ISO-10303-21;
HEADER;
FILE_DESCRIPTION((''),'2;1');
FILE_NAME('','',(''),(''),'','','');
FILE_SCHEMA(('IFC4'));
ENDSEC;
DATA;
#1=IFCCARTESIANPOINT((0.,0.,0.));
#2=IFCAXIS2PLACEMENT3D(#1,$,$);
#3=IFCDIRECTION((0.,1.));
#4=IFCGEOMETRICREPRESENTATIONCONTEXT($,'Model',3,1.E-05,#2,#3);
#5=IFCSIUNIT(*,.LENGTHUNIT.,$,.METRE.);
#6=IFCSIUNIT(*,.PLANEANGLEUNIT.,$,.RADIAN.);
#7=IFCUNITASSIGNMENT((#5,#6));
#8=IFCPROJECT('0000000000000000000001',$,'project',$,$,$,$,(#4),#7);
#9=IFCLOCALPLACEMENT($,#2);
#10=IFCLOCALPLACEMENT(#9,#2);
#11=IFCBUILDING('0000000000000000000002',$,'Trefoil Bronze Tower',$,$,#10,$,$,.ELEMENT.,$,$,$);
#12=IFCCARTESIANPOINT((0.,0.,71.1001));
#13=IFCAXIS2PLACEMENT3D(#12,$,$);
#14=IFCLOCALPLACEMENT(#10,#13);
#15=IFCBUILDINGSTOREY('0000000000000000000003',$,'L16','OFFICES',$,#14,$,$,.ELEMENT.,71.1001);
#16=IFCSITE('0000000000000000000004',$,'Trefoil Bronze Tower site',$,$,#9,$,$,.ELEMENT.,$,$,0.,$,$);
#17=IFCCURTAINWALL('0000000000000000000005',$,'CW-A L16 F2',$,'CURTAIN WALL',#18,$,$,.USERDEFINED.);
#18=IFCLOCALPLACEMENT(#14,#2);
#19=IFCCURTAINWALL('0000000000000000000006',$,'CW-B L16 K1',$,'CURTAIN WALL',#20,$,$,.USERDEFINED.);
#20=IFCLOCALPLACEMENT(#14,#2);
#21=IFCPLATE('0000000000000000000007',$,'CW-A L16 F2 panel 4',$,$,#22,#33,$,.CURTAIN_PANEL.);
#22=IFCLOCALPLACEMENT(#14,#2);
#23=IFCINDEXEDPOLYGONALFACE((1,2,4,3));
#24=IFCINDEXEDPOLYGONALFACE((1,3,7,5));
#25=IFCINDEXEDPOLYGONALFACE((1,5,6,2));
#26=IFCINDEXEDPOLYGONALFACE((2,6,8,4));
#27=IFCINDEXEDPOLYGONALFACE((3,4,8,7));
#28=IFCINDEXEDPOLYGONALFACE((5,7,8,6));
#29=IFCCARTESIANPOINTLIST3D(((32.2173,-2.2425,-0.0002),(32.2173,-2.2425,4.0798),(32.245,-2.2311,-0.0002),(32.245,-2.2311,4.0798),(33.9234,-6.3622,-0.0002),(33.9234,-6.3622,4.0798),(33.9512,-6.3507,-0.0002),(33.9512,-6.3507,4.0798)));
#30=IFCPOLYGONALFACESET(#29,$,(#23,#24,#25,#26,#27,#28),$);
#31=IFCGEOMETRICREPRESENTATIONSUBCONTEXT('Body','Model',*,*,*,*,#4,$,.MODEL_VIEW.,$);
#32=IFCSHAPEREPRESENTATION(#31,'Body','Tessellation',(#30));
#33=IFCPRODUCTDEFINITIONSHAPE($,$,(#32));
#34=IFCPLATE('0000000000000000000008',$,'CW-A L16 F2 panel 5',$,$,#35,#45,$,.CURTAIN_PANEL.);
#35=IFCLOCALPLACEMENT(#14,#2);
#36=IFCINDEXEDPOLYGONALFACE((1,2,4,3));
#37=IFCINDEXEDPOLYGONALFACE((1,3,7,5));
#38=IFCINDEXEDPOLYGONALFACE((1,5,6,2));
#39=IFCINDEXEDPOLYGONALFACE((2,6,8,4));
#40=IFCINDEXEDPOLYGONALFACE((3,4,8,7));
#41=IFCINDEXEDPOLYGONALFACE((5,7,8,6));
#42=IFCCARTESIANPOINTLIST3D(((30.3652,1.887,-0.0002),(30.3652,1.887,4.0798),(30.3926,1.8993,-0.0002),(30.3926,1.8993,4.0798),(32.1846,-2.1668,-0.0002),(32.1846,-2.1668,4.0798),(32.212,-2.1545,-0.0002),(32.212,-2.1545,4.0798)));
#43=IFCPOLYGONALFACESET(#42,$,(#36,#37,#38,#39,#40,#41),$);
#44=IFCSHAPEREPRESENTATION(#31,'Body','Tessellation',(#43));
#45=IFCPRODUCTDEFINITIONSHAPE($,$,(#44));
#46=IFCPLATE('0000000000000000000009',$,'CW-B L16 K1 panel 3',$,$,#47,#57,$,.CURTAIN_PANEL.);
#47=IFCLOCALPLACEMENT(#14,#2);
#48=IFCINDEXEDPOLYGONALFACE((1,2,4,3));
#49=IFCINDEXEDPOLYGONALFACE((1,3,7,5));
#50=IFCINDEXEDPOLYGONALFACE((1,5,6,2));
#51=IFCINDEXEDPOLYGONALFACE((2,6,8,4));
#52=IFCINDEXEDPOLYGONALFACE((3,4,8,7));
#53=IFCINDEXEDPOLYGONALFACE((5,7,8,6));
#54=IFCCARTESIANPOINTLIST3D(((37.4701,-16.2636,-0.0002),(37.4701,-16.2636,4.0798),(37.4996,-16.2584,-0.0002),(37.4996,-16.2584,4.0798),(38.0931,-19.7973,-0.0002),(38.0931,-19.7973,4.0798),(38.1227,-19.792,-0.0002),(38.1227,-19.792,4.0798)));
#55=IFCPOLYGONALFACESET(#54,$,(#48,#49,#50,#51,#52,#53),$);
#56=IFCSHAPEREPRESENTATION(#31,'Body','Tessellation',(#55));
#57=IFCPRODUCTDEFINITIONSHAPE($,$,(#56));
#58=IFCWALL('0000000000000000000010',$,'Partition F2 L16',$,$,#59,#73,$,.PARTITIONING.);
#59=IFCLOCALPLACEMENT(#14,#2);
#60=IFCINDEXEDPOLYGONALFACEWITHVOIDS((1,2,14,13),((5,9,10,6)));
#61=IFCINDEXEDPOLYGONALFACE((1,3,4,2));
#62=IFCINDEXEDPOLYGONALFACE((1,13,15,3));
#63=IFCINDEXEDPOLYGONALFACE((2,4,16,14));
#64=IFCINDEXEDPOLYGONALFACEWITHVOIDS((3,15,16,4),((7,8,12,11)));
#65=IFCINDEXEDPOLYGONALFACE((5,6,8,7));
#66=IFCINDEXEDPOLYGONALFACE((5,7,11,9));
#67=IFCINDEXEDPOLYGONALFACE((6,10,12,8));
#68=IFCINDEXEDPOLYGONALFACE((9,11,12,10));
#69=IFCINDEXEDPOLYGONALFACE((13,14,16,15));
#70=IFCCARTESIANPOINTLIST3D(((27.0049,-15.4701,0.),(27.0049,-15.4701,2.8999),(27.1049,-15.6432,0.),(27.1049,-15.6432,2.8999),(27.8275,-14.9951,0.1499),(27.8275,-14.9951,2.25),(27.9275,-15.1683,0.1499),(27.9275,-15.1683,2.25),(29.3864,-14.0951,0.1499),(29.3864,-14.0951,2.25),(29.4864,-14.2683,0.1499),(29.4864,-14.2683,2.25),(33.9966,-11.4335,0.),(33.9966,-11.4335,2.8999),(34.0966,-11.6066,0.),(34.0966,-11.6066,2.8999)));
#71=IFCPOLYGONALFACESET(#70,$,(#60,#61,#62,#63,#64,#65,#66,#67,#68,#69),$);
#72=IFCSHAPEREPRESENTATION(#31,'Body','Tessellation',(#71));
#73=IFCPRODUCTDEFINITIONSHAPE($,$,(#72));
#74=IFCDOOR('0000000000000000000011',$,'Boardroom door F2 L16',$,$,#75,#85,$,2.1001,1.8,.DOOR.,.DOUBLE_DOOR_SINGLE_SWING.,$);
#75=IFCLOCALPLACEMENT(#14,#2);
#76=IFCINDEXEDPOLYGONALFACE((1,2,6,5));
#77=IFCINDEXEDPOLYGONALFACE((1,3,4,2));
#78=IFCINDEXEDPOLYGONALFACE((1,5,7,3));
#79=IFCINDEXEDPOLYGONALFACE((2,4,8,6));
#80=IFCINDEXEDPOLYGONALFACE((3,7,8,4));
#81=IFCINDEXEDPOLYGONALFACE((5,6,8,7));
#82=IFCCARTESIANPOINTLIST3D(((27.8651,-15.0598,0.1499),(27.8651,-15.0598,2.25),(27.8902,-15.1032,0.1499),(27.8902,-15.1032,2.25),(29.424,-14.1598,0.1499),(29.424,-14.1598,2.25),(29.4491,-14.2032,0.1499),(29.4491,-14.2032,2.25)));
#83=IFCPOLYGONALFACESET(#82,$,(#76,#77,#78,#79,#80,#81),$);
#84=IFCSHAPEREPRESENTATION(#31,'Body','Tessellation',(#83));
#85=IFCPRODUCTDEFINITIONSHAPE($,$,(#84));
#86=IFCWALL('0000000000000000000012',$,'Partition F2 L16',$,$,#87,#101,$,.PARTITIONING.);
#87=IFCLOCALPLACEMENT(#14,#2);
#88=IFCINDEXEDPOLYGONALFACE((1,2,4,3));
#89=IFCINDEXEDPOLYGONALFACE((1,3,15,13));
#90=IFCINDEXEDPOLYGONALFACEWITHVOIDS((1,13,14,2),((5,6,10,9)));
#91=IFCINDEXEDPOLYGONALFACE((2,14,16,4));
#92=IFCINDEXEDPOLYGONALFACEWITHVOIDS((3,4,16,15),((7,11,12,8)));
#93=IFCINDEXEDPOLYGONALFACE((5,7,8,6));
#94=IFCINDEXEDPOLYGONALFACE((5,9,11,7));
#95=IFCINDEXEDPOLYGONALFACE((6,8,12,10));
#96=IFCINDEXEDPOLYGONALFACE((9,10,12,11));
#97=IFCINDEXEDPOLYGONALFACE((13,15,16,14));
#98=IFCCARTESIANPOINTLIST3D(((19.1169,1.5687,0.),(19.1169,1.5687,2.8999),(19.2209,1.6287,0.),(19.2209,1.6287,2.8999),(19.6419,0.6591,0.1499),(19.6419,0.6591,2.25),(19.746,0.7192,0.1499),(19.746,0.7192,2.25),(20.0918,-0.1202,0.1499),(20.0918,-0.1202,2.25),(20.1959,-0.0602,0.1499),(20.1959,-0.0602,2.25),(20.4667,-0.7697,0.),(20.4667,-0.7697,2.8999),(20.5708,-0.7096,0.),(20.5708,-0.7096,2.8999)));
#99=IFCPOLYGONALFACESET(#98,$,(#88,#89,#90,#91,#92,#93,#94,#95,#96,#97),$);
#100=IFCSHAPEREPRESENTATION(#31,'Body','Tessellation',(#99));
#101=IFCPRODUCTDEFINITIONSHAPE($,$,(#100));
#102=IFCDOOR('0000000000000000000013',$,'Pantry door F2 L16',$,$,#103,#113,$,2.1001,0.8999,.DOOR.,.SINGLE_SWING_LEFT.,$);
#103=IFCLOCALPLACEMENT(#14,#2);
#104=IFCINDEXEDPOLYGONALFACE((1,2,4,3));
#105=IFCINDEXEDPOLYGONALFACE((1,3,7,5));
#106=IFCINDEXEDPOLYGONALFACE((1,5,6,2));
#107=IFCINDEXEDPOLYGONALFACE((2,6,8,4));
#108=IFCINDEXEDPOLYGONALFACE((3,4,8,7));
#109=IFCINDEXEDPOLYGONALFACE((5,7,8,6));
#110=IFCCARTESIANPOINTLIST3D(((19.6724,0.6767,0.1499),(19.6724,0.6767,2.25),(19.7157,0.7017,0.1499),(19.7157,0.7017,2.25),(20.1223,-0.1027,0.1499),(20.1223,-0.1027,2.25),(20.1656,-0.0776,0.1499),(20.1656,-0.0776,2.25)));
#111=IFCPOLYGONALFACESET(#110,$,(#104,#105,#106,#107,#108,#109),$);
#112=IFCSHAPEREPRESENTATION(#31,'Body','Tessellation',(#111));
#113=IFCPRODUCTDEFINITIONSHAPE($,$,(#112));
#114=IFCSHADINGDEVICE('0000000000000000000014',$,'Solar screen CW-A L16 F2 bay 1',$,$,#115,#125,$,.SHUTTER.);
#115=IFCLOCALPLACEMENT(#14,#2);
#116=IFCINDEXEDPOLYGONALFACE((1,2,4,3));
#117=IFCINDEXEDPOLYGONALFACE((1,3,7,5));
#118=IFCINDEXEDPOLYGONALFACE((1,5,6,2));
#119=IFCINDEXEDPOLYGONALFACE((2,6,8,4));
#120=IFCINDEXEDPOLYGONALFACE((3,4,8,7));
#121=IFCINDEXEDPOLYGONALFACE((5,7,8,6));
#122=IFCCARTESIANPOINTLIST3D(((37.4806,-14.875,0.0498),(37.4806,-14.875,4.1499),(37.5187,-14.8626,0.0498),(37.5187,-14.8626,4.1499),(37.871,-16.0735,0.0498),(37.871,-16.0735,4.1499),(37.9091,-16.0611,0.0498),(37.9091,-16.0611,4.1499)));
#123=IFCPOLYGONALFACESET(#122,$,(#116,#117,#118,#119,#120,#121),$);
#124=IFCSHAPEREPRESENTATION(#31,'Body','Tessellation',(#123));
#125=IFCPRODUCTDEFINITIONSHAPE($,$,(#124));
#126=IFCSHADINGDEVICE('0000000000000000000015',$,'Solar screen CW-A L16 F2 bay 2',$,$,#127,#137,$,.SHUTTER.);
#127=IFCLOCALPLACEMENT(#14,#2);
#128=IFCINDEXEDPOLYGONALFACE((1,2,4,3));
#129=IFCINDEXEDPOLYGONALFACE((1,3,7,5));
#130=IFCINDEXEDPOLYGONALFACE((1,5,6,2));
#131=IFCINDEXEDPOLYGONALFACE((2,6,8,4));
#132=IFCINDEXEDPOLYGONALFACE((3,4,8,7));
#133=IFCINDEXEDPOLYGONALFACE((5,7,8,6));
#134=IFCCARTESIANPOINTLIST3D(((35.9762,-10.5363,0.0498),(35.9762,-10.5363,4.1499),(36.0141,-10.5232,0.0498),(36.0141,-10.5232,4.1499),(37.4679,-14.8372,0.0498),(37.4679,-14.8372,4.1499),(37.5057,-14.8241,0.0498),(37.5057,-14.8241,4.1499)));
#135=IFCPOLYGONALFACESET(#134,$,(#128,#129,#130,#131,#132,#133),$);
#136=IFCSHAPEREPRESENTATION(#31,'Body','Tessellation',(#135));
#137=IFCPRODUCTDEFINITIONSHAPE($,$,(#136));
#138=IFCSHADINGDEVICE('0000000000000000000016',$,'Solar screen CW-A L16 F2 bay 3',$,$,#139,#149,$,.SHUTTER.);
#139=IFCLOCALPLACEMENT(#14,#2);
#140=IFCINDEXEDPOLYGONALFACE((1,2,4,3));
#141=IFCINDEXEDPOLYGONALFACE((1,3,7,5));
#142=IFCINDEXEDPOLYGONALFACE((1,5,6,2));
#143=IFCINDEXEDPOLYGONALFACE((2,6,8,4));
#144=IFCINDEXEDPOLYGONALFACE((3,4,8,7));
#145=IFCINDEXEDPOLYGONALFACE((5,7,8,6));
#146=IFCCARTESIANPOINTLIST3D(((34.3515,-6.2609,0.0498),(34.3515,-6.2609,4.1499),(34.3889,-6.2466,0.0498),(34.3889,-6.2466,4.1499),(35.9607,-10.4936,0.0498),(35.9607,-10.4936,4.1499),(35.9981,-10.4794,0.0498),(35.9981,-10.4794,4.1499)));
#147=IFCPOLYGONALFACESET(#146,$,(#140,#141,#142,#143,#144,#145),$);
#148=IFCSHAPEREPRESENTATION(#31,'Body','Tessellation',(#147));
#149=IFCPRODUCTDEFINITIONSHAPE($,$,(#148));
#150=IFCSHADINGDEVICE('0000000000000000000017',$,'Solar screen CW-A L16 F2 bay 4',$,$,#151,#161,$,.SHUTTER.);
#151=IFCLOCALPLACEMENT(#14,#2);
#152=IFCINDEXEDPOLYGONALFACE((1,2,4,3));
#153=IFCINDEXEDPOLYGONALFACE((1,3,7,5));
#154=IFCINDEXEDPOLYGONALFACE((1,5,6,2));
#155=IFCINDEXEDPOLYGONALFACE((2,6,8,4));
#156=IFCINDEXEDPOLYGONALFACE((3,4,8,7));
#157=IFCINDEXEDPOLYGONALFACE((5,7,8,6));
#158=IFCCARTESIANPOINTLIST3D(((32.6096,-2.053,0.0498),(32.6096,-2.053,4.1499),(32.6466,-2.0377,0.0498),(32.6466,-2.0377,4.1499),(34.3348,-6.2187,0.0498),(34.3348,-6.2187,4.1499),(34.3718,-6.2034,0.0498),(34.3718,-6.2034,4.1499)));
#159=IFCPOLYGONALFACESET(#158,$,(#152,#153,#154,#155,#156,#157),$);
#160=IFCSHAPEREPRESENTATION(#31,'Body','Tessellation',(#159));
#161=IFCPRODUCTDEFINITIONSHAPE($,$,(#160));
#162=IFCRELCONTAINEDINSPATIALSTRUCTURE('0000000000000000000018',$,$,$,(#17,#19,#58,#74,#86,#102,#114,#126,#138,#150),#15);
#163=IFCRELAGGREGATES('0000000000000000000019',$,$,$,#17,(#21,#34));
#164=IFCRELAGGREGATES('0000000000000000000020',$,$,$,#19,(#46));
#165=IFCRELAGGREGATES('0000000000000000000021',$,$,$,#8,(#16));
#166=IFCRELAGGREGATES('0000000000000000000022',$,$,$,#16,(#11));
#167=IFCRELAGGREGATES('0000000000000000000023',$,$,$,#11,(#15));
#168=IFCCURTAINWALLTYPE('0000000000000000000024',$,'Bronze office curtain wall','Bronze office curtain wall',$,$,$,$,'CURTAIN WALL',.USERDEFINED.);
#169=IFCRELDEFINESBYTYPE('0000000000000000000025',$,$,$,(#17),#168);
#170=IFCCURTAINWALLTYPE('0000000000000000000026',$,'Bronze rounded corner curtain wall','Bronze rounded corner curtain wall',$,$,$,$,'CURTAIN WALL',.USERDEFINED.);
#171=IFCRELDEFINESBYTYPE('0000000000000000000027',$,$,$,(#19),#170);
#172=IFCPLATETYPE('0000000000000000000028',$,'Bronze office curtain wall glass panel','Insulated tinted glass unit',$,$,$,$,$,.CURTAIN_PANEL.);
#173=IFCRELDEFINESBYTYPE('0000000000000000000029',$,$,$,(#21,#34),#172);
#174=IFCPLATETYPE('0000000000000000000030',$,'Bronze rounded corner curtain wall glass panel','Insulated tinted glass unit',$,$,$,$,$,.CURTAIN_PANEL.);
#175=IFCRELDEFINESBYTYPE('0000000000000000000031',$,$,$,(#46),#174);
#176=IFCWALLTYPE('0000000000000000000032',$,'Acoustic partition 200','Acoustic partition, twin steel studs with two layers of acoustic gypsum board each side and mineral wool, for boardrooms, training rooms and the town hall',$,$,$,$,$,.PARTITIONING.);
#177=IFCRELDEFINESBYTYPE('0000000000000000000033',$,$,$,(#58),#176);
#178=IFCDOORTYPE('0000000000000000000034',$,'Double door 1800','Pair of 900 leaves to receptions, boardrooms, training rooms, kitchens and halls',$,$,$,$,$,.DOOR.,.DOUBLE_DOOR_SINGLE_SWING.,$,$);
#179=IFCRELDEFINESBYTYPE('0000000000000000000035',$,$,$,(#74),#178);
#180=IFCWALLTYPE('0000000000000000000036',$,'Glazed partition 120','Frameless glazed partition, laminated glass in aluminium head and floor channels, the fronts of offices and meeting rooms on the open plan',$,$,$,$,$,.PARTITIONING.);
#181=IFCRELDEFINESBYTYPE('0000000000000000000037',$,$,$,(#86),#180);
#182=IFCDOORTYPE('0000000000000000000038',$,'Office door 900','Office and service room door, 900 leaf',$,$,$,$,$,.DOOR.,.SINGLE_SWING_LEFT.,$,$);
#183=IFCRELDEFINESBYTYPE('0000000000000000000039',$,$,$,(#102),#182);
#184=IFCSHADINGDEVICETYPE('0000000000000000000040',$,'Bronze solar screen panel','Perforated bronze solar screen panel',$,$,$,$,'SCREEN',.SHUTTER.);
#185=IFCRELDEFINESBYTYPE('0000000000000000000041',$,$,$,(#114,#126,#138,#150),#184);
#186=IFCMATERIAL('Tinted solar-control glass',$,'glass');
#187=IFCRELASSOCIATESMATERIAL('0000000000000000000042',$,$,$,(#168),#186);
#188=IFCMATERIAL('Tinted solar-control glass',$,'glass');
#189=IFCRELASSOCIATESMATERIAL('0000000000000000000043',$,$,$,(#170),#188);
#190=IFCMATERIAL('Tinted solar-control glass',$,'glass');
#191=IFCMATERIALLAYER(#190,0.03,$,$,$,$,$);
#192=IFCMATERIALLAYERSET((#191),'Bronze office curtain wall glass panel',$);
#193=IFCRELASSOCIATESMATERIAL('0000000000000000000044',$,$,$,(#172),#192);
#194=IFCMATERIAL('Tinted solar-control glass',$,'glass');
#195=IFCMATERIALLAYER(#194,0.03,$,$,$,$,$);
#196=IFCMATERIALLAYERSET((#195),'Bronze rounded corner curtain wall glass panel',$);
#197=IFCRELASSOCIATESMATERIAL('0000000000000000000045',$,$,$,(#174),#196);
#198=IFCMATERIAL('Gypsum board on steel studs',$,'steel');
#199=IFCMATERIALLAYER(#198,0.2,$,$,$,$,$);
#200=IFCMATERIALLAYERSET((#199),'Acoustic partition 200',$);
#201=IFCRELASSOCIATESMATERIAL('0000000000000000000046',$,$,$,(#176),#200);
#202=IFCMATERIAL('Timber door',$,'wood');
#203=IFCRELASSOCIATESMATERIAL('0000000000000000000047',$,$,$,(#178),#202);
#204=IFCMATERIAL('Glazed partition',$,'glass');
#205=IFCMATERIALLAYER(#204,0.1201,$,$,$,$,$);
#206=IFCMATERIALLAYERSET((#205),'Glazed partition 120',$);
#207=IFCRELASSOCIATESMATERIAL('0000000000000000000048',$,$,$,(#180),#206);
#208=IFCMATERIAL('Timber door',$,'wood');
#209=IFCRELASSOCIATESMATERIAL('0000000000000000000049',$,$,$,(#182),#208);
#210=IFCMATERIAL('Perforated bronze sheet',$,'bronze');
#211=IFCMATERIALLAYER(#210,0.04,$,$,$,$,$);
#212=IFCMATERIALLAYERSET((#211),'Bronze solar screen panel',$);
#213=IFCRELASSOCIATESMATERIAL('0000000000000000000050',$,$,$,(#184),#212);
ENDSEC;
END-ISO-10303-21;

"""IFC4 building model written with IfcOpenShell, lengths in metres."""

from ifc_helpers import new_model, si_unit, direction, frame, frame_2d, origin, origin_2d, place, context, subcontext, project, spatial, rectangle, extrude, material, layer, layer_set, type_object, element, fill, aggregate, save


model = new_model("IFC4")

# Units and contexts
model_context = context("Model", 3, precision=1e-05, world=origin(), true_north=direction((0.0, 1.0)))
body_context = subcontext(model_context, "Body", "Model", "MODEL_VIEW")
ifc_project = project(units=[si_unit("LENGTHUNIT", "METRE"), si_unit("PLANEANGLEUNIT", "RADIAN")], contexts=[model_context])

# Site, building, storey
site_placement = place(None, origin())
site = spatial("IfcSite", under=ifc_project, at=site_placement, Name="Trefoil Bronze Tower site", CompositionType="ELEMENT", RefElevation=0.0)
building_placement = place(site_placement, origin())
building = spatial("IfcBuilding", under=site, at=building_placement, Name="Trefoil Bronze Tower", CompositionType="ELEMENT")
storey_placement = place(building_placement, frame((0.0, 0.0, 71.1001)))
storey = spatial("IfcBuildingStorey", under=building, at=storey_placement, Name="L16", Description="OFFICES", CompositionType="ELEMENT", Elevation=71.1001)

# Curtain wall
ifc_material_1 = material(Name="Tinted solar-control glass", Category="glass")
curtain_wall_type_1 = type_object("IfcCurtainWallType", Name="Bronze office curtain wall", Description="Bronze office curtain wall", ElementType="CURTAIN WALL", PredefinedType="USERDEFINED", material=ifc_material_1)
curtain_wall_1_placement = place(storey_placement, origin())
curtain_wall_1 = element("IfcCurtainWall", 1, at=curtain_wall_1_placement, inside=storey, type_object=curtain_wall_type_1, Name="CW-A L16 F2", ObjectType="CURTAIN WALL", PredefinedType="USERDEFINED")

# Curtain wall
ifc_material_2 = material(Name="Tinted solar-control glass", Category="glass")
curtain_wall_type_2 = type_object("IfcCurtainWallType", Name="Bronze rounded corner curtain wall", Description="Bronze rounded corner curtain wall", ElementType="CURTAIN WALL", PredefinedType="USERDEFINED", material=ifc_material_2)
curtain_wall_2_placement = place(storey_placement, origin())
curtain_wall_2 = element("IfcCurtainWall", 2, at=curtain_wall_2_placement, inside=storey, type_object=curtain_wall_type_2, Name="CW-B L16 K1", ObjectType="CURTAIN WALL", PredefinedType="USERDEFINED")

# Plates
ifc_material_3 = material(Name="Tinted solar-control glass", Category="glass")
ifc_layer_1 = layer(ifc_material_3, 0.03)
ifc_layer_set_1 = layer_set([ifc_layer_1], Name="Bronze office curtain wall glass panel")
plate_type_1 = type_object("IfcPlateType", Name="Bronze office curtain wall glass panel", Description="Insulated tinted glass unit", PredefinedType="CURTAIN_PANEL", material=ifc_layer_set_1)
plate_1_placement = place(storey_placement, frame((33.0842, -4.2966, -0.0002), z_axis=(0.0, 0.0, 1.0), x_axis=(-0.38263, 0.923902, 0.0)))
plate_1 = element("IfcPlate", 3, at=plate_1_placement, type_object=plate_type_1, Name="CW-A L16 F2 panel 4", PredefinedType="CURTAIN_PANEL", context=body_context, shape_type="SweptSolid", body=[
    extrude(rectangle(XDim=4.459, YDim=0.03, at=origin_2d()), origin(), (0.0, 0.0, 1.0), 4.0801),
])
plate_2_placement = place(storey_placement, frame((31.2886, -0.1338, -0.0002), z_axis=(0.0, 0.0, 1.0), x_axis=(-0.409456, 0.91233, 0.0)))
plate_2 = element("IfcPlate", 4, at=plate_2_placement, type_object=plate_type_1, Name="CW-A L16 F2 panel 5", PredefinedType="CURTAIN_PANEL", context=body_context, shape_type="SweptSolid", body=[
    extrude(rectangle(XDim=4.4434, YDim=0.03, at=origin_2d()), origin(), (0.0, 0.0, 1.0), 4.0801),
])
aggregate(curtain_wall_1, [plate_1, plate_2])
ifc_material_4 = material(Name="Tinted solar-control glass", Category="glass")
ifc_layer_2 = layer(ifc_material_4, 0.03)
ifc_layer_set_2 = layer_set([ifc_layer_2], Name="Bronze rounded corner curtain wall glass panel")
plate_type_2 = type_object("IfcPlateType", Name="Bronze rounded corner curtain wall glass panel", Description="Insulated tinted glass unit", PredefinedType="CURTAIN_PANEL", material=ifc_layer_set_2)
plate_3_placement = place(storey_placement, frame((37.7964, -18.0278, -0.0002), z_axis=(0.0, 0.0, 1.0), x_axis=(-0.173648, 0.984808, 0.0)))
plate_3 = element("IfcPlate", 5, at=plate_3_placement, type_object=plate_type_2, Name="CW-B L16 K1 panel 3", PredefinedType="CURTAIN_PANEL", context=body_context, shape_type="SweptSolid", body=[
    extrude(rectangle(XDim=3.5881, YDim=0.03, at=origin_2d()), origin(), (0.0, 0.0, 1.0), 4.0801),
])
aggregate(curtain_wall_2, [plate_3])

# Walls, openings, doors
ifc_material_5 = material(Name="Gypsum board on steel studs", Category="steel")
ifc_layer_3 = layer(ifc_material_5, 0.2)
ifc_layer_set_3 = layer_set([ifc_layer_3], Name="Acoustic partition 200")
wall_type_1 = type_object("IfcWallType", Name="Acoustic partition 200", Description="Acoustic partition, twin steel studs with two layers of acoustic gypsum board each side and mineral wool, for boardrooms, training rooms and the town hall", PredefinedType="PARTITIONING", material=ifc_layer_set_3)
wall_1_placement = place(storey_placement, frame((27.0549, -15.5566, 0.0), z_axis=(0.0, 0.0, 1.0), x_axis=(0.866027, 0.499996, 0.0)))
wall_1 = element("IfcWall", 6, at=wall_1_placement, inside=storey, type_object=wall_type_1, Name="Partition F2 L16", PredefinedType="PARTITIONING", context=body_context, shape_type="SweptSolid", body=[
    extrude(rectangle(XDim=8.0732, YDim=0.2, at=frame_2d((4.0366, 0.0))), origin(), (0.0, 0.0, 1.0), 2.8999),
])
opening_1_placement = place(wall_1_placement, frame((0.95, 0.0, 0.1499)))
opening_1 = element("IfcOpeningElement", 7, at=opening_1_placement, cuts=wall_1, PredefinedType="OPENING", context=body_context, shape_type="SweptSolid", body=[
    extrude(rectangle(XDim=1.8, YDim=2.1001, at=frame_2d((0.8999, 1.05))), frame((0.0, 0.1099, 0.0), z_axis=(0.0, -1.0, 0.0), x_axis=(1.0, 0.0, 0.0)), (0.0, 0.0, 1.0), 0.22),
])
ifc_material_6 = material(Name="Timber door", Category="wood")
door_type_1 = type_object("IfcDoorType", Name="Double door 1800", Description="Pair of 900 leaves to receptions, boardrooms, training rooms, kitchens and halls", OperationType="DOUBLE_DOOR_SINGLE_SWING", PredefinedType="DOOR", material=ifc_material_6)
door_1_placement = place(opening_1_placement, frame((1.8, 0.0, 0.0), z_axis=(0.0, 0.0, 1.0), x_axis=(-1.0, 0.0, 0.0)))
door_1 = element("IfcDoor", 8, at=door_1_placement, inside=storey, type_object=door_type_1, Name="Boardroom door F2 L16", OperationType="DOUBLE_DOOR_SINGLE_SWING", OverallHeight=2.1001, OverallWidth=1.8, PredefinedType="DOOR", context=body_context, shape_type="SweptSolid", body=[
    extrude(rectangle(XDim=1.8, YDim=2.1001, at=frame_2d((0.8999, 1.05))), frame((0.0, 0.0249, 0.0), z_axis=(0.0, -1.0, 0.0), x_axis=(1.0, 0.0, 0.0)), (0.0, 0.0, 1.0), 0.05),
])
fill(opening_1, door_1)
ifc_material_7 = material(Name="Glazed partition", Category="glass")
ifc_layer_4 = layer(ifc_material_7, 0.1201)
ifc_layer_set_4 = layer_set([ifc_layer_4], Name="Glazed partition 120")
wall_type_2 = type_object("IfcWallType", Name="Glazed partition 120", Description="Frameless glazed partition, laminated glass in aluminium head and floor channels, the fronts of offices and meeting rooms on the open plan", PredefinedType="PARTITIONING", material=ifc_layer_set_4)
wall_2_placement = place(storey_placement, frame((20.5188, -0.7397, 0.0), z_axis=(0.0, 0.0, 1.0), x_axis=(-0.499942, 0.866059, 0.0)))
wall_2 = element("IfcWall", 9, at=wall_2_placement, inside=storey, type_object=wall_type_2, Name="Partition F2 L16", PredefinedType="PARTITIONING", context=body_context, shape_type="SweptSolid", body=[
    extrude(rectangle(XDim=2.7, YDim=0.1201, at=frame_2d((1.3501, 0.0))), origin(), (0.0, 0.0, 1.0), 2.8999),
])
opening_2_placement = place(wall_2_placement, frame((0.75, 0.0, 0.1499)))
opening_2 = element("IfcOpeningElement", 10, at=opening_2_placement, cuts=wall_2, PredefinedType="OPENING", context=body_context, shape_type="SweptSolid", body=[
    extrude(rectangle(XDim=0.8999, YDim=2.1001, at=frame_2d((0.45, 1.05))), frame((0.0, 0.0701, 0.0), z_axis=(0.0, -1.0, 0.0), x_axis=(1.0, 0.0, 0.0)), (0.0, 0.0, 1.0), 0.1401),
])
ifc_material_8 = material(Name="Timber door", Category="wood")
door_type_2 = type_object("IfcDoorType", Name="Office door 900", Description="Office and service room door, 900 leaf", OperationType="SINGLE_SWING_LEFT", PredefinedType="DOOR", material=ifc_material_8)
door_2_placement = place(opening_2_placement, origin())
door_2 = element("IfcDoor", 11, at=door_2_placement, inside=storey, type_object=door_type_2, Name="Pantry door F2 L16", OperationType="SINGLE_SWING_LEFT", OverallHeight=2.1001, OverallWidth=0.8999, PredefinedType="DOOR", context=body_context, shape_type="SweptSolid", body=[
    extrude(rectangle(XDim=0.8999, YDim=2.1001, at=frame_2d((0.45, 1.05))), frame((0.0, 0.0249, 0.0), z_axis=(0.0, -1.0, 0.0), x_axis=(1.0, 0.0, 0.0)), (0.0, 0.0, 1.0), 0.05),
])
fill(opening_2, door_2)

# Shading devices
ifc_material_9 = material(Name="Perforated bronze sheet", Category="bronze")
ifc_layer_5 = layer(ifc_material_9, 0.04)
ifc_layer_set_5 = layer_set([ifc_layer_5], Name="Bronze solar screen panel")
shading_device_type = type_object("IfcShadingDeviceType", Name="Bronze solar screen panel", Description="Perforated bronze solar screen panel", ElementType="SCREEN", PredefinedType="SHUTTER", material=ifc_layer_set_5)
shading_device_1_placement = place(storey_placement, frame((37.6948, -15.468, 0.0498), z_axis=(0.0, 0.0, 1.0), x_axis=(-0.309728, 0.950825, 0.0)))
element("IfcShadingDevice", 12, at=shading_device_1_placement, inside=storey, type_object=shading_device_type, Name="Solar screen CW-A L16 F2 bay 1", PredefinedType="SHUTTER", context=body_context, shape_type="SweptSolid", body=[
    extrude(rectangle(XDim=1.2605, YDim=0.04, at=origin_2d()), origin(), (0.0, 0.0, 1.0), 4.1001),
])
shading_device_2_placement = place(storey_placement, frame((36.741, -12.6802, 0.0498), z_axis=(0.0, 0.0, 1.0), x_axis=(-0.327674, 0.944791, 0.0)))
element("IfcShadingDevice", 13, at=shading_device_2_placement, inside=storey, type_object=shading_device_type, Name="Solar screen CW-A L16 F2 bay 2", PredefinedType="SHUTTER", context=body_context, shape_type="SweptSolid", body=[
    extrude(rectangle(XDim=4.5522, YDim=0.04, at=origin_2d()), origin(), (0.0, 0.0, 1.0), 4.1001),
])
shading_device_3_placement = place(storey_placement, frame((35.1748, -8.3701, 0.0498), z_axis=(0.0, 0.0, 1.0), x_axis=(-0.355371, 0.934725, 0.0)))
element("IfcShadingDevice", 14, at=shading_device_3_placement, inside=storey, type_object=shading_device_type, Name="Solar screen CW-A L16 F2 bay 3", PredefinedType="SHUTTER", context=body_context, shape_type="SweptSolid", body=[
    extrude(rectangle(XDim=4.5283, YDim=0.04, at=origin_2d()), origin(), (0.0, 0.0, 1.0), 4.1001),
])
shading_device_4_placement = place(storey_placement, frame((33.4907, -4.1282, 0.0498), z_axis=(0.0, 0.0, 1.0), x_axis=(-0.38263, 0.923902, 0.0)))
element("IfcShadingDevice", 15, at=shading_device_4_placement, inside=storey, type_object=shading_device_type, Name="Solar screen CW-A L16 F2 bay 4", PredefinedType="SHUTTER", context=body_context, shape_type="SweptSolid", body=[
    extrude(rectangle(XDim=4.5088, YDim=0.04, at=origin_2d()), origin(), (0.0, 0.0, 1.0), 4.1001),
])

save(model, "model.ifc")
